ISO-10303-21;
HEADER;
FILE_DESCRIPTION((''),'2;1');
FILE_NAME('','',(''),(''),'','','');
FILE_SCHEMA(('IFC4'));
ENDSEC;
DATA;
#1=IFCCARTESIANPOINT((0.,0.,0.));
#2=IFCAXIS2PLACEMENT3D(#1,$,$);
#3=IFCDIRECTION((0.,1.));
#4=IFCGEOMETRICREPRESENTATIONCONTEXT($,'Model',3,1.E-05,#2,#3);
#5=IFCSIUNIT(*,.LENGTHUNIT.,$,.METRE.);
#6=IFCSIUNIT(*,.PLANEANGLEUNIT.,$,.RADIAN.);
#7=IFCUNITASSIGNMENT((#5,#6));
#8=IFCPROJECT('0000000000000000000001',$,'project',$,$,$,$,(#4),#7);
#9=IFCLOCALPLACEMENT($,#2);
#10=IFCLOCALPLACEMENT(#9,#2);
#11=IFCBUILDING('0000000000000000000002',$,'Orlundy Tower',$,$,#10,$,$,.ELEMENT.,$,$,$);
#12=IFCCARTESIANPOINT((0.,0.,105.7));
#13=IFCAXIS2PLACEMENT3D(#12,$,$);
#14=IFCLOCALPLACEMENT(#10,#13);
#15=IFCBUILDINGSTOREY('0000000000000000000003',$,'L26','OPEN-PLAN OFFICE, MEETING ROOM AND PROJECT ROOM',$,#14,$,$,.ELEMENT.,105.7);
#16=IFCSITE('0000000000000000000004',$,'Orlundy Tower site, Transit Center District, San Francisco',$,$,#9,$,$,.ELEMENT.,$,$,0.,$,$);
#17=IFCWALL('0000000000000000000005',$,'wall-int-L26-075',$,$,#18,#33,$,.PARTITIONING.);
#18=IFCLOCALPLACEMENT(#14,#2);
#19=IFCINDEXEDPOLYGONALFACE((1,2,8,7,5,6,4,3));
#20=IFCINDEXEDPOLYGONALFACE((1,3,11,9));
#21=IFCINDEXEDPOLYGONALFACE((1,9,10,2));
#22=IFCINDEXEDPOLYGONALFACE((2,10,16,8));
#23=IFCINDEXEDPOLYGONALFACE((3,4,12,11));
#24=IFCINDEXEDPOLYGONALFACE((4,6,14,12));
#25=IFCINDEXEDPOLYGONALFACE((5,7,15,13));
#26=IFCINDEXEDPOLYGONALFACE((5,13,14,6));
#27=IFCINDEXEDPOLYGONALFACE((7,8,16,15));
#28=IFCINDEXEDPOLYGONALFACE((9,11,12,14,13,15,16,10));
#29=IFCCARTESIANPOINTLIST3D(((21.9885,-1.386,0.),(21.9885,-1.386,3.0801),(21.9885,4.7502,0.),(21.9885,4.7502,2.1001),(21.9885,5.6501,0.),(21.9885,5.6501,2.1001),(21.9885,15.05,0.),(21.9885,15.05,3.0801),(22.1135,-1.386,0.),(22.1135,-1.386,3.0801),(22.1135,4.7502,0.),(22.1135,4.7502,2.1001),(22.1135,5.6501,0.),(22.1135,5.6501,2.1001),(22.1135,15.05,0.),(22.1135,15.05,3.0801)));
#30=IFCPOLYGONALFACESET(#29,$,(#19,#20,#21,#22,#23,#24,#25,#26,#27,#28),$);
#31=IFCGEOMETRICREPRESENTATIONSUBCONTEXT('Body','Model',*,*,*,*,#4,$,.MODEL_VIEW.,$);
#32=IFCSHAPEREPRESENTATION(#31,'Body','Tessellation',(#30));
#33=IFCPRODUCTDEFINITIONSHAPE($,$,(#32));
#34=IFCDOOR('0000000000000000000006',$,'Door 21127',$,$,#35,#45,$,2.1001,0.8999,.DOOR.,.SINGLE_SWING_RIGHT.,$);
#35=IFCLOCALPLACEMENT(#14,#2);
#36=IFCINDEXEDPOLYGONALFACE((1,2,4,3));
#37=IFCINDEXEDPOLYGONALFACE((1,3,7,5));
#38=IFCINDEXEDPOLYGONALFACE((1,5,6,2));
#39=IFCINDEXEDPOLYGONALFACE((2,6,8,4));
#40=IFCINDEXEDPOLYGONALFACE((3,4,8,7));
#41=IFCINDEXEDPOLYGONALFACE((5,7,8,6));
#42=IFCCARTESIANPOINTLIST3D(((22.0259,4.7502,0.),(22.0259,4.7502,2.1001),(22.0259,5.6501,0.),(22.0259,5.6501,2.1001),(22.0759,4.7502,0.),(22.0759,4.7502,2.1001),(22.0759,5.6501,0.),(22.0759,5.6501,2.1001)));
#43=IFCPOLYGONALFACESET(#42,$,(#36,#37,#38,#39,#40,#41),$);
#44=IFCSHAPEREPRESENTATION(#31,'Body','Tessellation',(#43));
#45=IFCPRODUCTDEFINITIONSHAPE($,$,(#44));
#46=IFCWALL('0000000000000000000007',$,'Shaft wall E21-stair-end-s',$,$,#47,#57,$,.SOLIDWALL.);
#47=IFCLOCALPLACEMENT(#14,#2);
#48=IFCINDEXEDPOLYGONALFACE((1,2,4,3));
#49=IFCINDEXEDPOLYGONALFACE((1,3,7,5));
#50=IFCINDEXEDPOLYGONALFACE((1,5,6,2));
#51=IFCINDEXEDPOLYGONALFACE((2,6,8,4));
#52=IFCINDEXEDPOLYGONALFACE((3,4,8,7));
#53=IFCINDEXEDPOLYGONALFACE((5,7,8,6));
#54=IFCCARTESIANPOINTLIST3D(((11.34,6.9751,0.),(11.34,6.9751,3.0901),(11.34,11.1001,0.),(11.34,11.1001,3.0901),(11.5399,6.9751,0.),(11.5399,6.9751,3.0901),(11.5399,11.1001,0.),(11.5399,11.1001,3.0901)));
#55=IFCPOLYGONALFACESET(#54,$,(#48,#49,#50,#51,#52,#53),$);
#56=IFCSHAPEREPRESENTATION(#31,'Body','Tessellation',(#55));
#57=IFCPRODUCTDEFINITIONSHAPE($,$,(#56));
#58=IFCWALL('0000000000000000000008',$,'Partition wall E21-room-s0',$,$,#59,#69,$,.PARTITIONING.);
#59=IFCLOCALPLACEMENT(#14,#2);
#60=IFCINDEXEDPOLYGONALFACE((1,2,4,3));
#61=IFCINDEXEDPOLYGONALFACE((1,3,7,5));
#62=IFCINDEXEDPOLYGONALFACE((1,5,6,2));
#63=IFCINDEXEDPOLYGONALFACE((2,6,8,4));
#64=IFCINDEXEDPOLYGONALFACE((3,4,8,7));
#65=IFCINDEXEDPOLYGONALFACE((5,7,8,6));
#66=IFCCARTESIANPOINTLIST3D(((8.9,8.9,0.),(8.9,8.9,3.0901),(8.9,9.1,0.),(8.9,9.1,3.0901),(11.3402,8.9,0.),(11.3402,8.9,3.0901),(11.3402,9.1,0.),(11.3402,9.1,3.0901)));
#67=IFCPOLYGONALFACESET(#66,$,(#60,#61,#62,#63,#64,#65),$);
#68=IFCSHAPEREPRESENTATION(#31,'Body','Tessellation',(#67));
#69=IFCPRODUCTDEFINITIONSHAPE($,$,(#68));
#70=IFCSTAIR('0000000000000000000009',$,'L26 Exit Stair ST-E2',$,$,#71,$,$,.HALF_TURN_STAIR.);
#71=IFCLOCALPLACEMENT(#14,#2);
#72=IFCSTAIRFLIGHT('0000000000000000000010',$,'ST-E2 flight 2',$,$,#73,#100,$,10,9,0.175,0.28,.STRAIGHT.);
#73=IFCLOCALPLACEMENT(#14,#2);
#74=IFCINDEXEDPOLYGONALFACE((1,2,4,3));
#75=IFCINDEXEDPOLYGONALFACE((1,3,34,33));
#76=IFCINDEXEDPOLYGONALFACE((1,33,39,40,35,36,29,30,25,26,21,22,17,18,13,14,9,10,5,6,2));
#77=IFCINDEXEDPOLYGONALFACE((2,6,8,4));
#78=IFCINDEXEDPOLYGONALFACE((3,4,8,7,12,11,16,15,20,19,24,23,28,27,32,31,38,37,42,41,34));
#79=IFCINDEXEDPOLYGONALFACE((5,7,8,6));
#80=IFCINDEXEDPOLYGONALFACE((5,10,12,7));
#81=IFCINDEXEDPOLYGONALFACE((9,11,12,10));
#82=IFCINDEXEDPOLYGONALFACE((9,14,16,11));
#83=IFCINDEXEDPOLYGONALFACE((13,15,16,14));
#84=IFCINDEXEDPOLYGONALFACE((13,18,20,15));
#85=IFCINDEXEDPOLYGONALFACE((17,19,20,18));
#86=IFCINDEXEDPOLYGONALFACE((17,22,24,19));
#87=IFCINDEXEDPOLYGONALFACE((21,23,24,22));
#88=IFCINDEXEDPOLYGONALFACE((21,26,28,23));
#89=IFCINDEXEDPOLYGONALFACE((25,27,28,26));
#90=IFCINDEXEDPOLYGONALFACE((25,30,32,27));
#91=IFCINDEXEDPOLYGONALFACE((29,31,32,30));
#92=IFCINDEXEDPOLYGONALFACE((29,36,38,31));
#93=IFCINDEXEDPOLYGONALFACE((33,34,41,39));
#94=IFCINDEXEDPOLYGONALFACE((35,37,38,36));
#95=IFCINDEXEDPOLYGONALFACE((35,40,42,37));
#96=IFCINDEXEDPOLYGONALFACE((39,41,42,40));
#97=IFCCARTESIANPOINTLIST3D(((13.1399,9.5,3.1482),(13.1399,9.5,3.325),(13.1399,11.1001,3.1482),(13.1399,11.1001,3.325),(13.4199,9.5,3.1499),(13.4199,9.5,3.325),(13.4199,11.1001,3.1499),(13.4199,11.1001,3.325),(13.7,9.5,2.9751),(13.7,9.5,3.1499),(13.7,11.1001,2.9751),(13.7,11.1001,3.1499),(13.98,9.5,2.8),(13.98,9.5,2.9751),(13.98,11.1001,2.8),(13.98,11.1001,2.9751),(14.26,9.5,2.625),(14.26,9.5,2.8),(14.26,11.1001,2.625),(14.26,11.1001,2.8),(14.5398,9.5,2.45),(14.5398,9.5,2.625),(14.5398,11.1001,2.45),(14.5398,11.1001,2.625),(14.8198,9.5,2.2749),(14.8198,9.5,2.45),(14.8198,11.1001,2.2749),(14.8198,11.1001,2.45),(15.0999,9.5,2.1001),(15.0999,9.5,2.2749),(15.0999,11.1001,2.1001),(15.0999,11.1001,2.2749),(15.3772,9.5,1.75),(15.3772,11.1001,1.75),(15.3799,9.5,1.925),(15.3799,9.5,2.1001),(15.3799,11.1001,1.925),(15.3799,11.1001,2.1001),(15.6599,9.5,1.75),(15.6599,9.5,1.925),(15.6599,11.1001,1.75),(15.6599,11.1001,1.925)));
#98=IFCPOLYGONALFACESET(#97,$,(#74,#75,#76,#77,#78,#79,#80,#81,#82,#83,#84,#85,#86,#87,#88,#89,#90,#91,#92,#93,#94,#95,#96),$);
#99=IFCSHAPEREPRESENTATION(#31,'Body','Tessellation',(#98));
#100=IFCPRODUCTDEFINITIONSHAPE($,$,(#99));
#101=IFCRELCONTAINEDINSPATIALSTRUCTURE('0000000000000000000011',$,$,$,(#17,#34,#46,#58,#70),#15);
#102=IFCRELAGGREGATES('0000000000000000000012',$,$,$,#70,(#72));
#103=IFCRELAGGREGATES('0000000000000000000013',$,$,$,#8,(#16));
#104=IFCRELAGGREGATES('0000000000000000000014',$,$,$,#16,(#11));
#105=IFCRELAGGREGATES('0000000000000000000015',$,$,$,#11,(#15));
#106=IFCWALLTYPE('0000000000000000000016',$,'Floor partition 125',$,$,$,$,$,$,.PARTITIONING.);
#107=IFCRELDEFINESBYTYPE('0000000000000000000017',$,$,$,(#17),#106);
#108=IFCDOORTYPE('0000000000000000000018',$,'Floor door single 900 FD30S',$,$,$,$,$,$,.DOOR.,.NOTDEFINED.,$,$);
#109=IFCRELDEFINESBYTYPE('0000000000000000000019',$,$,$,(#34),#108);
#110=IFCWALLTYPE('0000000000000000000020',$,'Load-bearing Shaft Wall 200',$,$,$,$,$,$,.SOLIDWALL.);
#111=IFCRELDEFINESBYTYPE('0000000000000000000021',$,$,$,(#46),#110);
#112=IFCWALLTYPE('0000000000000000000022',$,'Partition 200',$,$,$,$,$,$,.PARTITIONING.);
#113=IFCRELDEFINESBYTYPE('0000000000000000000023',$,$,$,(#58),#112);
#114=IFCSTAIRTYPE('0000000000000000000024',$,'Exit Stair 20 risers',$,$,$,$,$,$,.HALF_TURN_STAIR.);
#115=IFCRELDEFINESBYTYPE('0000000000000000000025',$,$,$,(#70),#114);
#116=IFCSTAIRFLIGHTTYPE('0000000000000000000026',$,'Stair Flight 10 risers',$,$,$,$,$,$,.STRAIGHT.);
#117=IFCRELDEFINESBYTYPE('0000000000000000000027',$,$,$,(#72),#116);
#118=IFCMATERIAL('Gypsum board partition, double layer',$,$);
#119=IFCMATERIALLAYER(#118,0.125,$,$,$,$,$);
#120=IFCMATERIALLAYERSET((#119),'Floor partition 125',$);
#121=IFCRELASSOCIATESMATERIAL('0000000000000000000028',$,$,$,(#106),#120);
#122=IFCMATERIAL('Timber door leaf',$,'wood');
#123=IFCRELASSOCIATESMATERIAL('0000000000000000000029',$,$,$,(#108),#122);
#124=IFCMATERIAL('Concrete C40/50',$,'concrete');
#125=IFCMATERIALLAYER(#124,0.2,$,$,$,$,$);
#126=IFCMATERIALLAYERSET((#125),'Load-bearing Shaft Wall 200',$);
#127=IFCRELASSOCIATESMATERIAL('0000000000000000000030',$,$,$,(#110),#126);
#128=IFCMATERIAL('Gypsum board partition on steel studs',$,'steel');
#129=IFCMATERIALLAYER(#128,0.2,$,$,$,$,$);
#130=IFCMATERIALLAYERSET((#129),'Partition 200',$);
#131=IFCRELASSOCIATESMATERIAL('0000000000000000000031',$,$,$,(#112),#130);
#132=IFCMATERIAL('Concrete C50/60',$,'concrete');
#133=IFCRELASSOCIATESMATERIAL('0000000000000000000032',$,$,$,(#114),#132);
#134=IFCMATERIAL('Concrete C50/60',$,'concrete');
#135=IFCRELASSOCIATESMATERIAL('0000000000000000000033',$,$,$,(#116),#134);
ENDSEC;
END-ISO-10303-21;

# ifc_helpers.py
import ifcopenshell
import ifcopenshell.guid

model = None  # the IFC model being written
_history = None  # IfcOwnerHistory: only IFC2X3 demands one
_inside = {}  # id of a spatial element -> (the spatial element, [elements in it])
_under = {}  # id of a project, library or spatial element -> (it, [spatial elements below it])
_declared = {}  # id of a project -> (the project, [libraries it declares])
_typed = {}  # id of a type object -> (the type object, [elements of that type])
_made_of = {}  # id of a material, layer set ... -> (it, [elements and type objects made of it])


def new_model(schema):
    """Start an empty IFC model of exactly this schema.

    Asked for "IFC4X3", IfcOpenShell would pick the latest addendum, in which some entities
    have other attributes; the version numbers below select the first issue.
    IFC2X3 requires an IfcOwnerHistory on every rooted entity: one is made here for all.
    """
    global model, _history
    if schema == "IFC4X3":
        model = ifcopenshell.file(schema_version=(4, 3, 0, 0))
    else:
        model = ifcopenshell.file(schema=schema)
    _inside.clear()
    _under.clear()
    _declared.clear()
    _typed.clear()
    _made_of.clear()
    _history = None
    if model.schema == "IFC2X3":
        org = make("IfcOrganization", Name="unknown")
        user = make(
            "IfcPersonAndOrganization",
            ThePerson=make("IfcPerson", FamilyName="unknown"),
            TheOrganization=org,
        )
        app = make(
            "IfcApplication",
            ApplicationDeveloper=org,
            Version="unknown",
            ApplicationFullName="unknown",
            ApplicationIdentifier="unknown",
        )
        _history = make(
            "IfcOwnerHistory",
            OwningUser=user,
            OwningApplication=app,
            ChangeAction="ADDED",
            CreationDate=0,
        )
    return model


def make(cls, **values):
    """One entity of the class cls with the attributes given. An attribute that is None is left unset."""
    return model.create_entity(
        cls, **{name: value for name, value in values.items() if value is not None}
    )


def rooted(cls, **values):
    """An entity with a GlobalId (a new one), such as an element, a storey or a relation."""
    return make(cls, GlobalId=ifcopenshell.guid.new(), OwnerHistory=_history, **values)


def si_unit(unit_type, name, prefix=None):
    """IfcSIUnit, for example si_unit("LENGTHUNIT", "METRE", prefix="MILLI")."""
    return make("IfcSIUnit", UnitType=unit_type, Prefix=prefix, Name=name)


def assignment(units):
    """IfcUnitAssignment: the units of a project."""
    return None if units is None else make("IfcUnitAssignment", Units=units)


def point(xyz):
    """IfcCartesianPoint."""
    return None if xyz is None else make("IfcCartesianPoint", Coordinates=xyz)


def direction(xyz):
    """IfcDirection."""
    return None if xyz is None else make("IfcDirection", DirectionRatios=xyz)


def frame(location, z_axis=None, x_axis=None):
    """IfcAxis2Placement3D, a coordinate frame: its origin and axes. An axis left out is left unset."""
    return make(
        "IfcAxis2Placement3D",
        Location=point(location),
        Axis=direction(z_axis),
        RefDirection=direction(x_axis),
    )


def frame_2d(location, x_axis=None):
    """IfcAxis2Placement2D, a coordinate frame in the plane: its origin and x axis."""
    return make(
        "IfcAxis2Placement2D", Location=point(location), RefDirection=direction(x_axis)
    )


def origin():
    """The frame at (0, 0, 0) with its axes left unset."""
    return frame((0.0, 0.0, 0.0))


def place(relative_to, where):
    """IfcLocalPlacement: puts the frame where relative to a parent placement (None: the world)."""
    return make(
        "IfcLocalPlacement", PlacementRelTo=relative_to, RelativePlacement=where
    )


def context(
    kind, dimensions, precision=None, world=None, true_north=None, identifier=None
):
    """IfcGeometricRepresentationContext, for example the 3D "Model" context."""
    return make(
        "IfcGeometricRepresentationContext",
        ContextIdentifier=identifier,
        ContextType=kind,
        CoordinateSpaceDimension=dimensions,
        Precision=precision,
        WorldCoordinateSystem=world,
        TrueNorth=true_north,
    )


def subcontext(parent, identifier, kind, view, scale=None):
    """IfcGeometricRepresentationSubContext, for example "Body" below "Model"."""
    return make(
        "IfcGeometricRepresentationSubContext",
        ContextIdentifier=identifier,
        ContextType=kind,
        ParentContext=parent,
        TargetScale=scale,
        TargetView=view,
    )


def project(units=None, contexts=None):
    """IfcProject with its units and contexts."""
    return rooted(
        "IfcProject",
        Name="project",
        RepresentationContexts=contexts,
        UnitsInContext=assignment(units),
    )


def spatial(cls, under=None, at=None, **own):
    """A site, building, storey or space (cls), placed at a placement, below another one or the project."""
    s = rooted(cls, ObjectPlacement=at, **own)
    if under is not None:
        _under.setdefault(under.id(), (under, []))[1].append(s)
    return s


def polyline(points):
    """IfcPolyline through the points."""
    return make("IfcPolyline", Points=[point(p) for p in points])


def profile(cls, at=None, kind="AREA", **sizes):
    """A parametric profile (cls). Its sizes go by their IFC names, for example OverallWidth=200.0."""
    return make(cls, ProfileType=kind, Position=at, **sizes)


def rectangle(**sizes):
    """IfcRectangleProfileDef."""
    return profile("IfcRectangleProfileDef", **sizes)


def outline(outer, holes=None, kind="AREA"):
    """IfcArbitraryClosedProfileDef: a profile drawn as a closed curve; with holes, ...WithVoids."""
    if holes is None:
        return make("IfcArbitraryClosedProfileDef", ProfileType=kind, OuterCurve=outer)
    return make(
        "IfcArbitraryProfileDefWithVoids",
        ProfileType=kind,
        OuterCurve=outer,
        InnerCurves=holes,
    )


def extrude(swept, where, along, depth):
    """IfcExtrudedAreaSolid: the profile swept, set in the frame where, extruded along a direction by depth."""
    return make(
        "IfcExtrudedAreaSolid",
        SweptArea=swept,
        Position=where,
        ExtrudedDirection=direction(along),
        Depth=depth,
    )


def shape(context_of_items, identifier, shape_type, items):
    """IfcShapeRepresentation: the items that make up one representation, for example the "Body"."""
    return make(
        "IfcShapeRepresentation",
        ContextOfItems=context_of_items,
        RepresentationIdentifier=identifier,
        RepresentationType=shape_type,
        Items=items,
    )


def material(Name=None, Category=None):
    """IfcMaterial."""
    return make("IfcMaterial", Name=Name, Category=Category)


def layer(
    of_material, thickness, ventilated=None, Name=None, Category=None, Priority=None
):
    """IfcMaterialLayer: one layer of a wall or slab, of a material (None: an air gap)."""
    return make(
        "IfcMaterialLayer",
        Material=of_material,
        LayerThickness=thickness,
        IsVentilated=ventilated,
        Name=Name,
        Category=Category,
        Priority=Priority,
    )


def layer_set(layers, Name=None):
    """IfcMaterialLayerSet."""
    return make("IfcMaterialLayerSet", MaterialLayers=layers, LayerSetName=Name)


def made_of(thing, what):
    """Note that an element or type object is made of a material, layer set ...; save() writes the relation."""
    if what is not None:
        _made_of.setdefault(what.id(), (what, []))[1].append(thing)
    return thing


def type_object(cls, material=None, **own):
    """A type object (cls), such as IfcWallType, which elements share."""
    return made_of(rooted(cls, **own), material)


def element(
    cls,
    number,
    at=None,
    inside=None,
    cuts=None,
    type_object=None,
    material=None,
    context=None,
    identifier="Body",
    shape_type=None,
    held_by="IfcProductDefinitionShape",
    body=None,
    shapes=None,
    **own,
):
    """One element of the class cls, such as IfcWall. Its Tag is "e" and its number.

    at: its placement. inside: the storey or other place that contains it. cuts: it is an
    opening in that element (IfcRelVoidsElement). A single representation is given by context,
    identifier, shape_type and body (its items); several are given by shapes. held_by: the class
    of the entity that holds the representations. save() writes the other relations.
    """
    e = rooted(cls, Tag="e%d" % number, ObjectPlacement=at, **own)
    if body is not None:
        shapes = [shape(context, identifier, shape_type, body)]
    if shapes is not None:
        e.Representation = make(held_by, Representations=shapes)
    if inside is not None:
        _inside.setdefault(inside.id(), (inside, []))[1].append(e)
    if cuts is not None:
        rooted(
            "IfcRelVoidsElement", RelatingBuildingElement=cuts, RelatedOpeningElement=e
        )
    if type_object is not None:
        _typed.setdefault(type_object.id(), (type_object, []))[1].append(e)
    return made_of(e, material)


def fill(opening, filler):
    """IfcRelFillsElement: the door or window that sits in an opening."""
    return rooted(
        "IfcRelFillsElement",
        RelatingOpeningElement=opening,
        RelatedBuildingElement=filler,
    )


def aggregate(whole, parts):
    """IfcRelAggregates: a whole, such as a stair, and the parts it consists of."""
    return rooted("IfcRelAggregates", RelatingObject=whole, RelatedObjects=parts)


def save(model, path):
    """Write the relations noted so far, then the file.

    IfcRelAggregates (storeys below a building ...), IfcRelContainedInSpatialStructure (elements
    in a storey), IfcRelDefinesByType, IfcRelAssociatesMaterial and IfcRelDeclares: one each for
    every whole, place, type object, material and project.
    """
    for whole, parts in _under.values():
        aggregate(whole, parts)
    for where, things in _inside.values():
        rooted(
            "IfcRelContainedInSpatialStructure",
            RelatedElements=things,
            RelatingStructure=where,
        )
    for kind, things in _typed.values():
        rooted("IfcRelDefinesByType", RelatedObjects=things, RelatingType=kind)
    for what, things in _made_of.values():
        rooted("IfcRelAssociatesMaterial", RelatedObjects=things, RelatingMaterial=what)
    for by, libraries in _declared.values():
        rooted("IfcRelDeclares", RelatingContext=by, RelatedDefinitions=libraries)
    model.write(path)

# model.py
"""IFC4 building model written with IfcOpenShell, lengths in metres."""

from ifc_helpers import new_model, si_unit, direction, frame, frame_2d, origin, place, context, subcontext, project, spatial, polyline, rectangle, outline, extrude, material, layer, layer_set, type_object, element, fill, aggregate, save


model = new_model("IFC4")

# Units and contexts
model_context = context("Model", 3, precision=1e-05, world=origin(), true_north=direction((0.0, 1.0)))
body_context = subcontext(model_context, "Body", "Model", "MODEL_VIEW")
ifc_project = project(units=[si_unit("LENGTHUNIT", "METRE"), si_unit("PLANEANGLEUNIT", "RADIAN")], contexts=[model_context])

# Site, building, storey
site_placement = place(None, origin())
site = spatial("IfcSite", under=ifc_project, at=site_placement, Name="Orlundy Tower site, Transit Center District, San Francisco", CompositionType="ELEMENT", RefElevation=0.0)
building_placement = place(site_placement, origin())
building = spatial("IfcBuilding", under=site, at=building_placement, Name="Orlundy Tower", CompositionType="ELEMENT")
storey_placement = place(building_placement, frame((0.0, 0.0, 105.7)))
storey = spatial("IfcBuildingStorey", under=building, at=storey_placement, Name="L26", Description="OPEN-PLAN OFFICE, MEETING ROOM AND PROJECT ROOM", CompositionType="ELEMENT", Elevation=105.7)

# Wall, opening, door
ifc_material_1 = material(Name="Gypsum board partition, double layer")
ifc_layer_1 = layer(ifc_material_1, 0.125)
ifc_layer_set_1 = layer_set([ifc_layer_1], Name="Floor partition 125")
wall_type_1 = type_object("IfcWallType", Name="Floor partition 125", PredefinedType="PARTITIONING", material=ifc_layer_set_1)
wall_1_placement = place(storey_placement, frame((22.051, 15.05, 0.0), z_axis=(0.0, 0.0, 1.0), x_axis=(0.0, -1.0, 0.0)))
wall_1 = element("IfcWall", 1, at=wall_1_placement, inside=storey, type_object=wall_type_1, Name="wall-int-L26-075", PredefinedType="PARTITIONING", context=body_context, shape_type="SweptSolid", body=[
    extrude(rectangle(XDim=16.436, YDim=0.125, at=frame_2d((8.218, 0.0))), origin(), (0.0, 0.0, 1.0), 3.0801),
])
opening_1_placement = place(wall_1_placement, frame((9.3999, 0.0, 0.0)))
opening_1 = element("IfcOpeningElement", 2, at=opening_1_placement, cuts=wall_1, PredefinedType="OPENING", context=body_context, shape_type="SweptSolid", body=[
    extrude(rectangle(XDim=0.8999, YDim=2.1001, at=frame_2d((0.45, 1.05))), frame((0.0, 0.0725, 0.0), z_axis=(0.0, -1.0, 0.0), x_axis=(1.0, 0.0, 0.0)), (0.0, 0.0, 1.0), 0.145),
])
ifc_material_2 = material(Name="Timber door leaf", Category="wood")
door_type_1 = type_object("IfcDoorType", Name="Floor door single 900 FD30S", OperationType="NOTDEFINED", PredefinedType="DOOR", material=ifc_material_2)
door_1_placement = place(opening_1_placement, origin())
door_1 = element("IfcDoor", 3, at=door_1_placement, inside=storey, type_object=door_type_1, Name="Door 21127", OperationType="SINGLE_SWING_RIGHT", OverallHeight=2.1001, OverallWidth=0.8999, PredefinedType="DOOR", context=body_context, shape_type="SweptSolid", body=[
    extrude(rectangle(XDim=0.8999, YDim=2.1001, at=frame_2d((0.45, 1.05))), frame((0.0, 0.0249, 0.0), z_axis=(0.0, -1.0, 0.0), x_axis=(1.0, 0.0, 0.0)), (0.0, 0.0, 1.0), 0.05),
])
fill(opening_1, door_1)

# Walls
ifc_material_3 = material(Name="Concrete C40/50", Category="concrete")
ifc_layer_2 = layer(ifc_material_3, 0.2)
ifc_layer_set_2 = layer_set([ifc_layer_2], Name="Load-bearing Shaft Wall 200")
wall_type_2 = type_object("IfcWallType", Name="Load-bearing Shaft Wall 200", PredefinedType="SOLIDWALL", material=ifc_layer_set_2)
wall_2_placement = place(storey_placement, frame((11.4399, 11.1001, 0.0), z_axis=(0.0, 0.0, 1.0), x_axis=(0.0, -1.0, 0.0)))
element("IfcWall", 4, at=wall_2_placement, inside=storey, type_object=wall_type_2, Name="Shaft wall E21-stair-end-s", PredefinedType="SOLIDWALL", context=body_context, shape_type="SweptSolid", body=[
    extrude(rectangle(XDim=4.125, YDim=0.2, at=frame_2d((2.0625, 0.0))), origin(), (0.0, 0.0, 1.0), 3.0901),
])
ifc_material_4 = material(Name="Gypsum board partition on steel studs", Category="steel")
ifc_layer_3 = layer(ifc_material_4, 0.2)
ifc_layer_set_3 = layer_set([ifc_layer_3], Name="Partition 200")
wall_type_3 = type_object("IfcWallType", Name="Partition 200", PredefinedType="PARTITIONING", material=ifc_layer_set_3)
wall_3_placement = place(storey_placement, frame((8.8999, 9.0, 0.0), z_axis=(0.0, 0.0, 1.0), x_axis=(1.0, 0.0, 0.0)))
element("IfcWall", 5, at=wall_3_placement, inside=storey, type_object=wall_type_3, Name="Partition wall E21-room-s0", PredefinedType="PARTITIONING", context=body_context, shape_type="SweptSolid", body=[
    extrude(rectangle(XDim=2.4402, YDim=0.2, at=frame_2d((1.2202, 0.0))), origin(), (0.0, 0.0, 1.0), 3.0901),
])

# Stair, stair flight
ifc_material_5 = material(Name="Concrete C50/60", Category="concrete")
stair_type = type_object("IfcStairType", Name="Exit Stair 20 risers", PredefinedType="HALF_TURN_STAIR", material=ifc_material_5)
stair_placement = place(storey_placement, origin())
stair = element("IfcStair", 6, at=stair_placement, inside=storey, type_object=stair_type, Name="L26 Exit Stair ST-E2", PredefinedType="HALF_TURN_STAIR")
ifc_material_6 = material(Name="Concrete C50/60", Category="concrete")
stair_flight_type = type_object("IfcStairFlightType", Name="Stair Flight 10 risers", PredefinedType="STRAIGHT", material=ifc_material_6)
stair_flight_placement = place(storey_placement, frame((15.6599, 10.3, 1.75), z_axis=(0.0, 0.0, 1.0), x_axis=(-1.0, 0.0, 0.0)))
stair_flight = element("IfcStairFlight", 7, at=stair_flight_placement, type_object=stair_flight_type, Name="ST-E2 flight 2", NumberOfRisers=10, NumberOfTreads=9, PredefinedType="STRAIGHT", RiserHeight=0.175, TreadLength=0.28, context=body_context, shape_type="SweptSolid", body=[
    extrude(outline(polyline([(0.0, 0.0), (0.0, 0.175), (0.28, 0.175), (0.28, 0.3501), (0.5601, 0.3501), (0.5601, 0.5249), (0.8401, 0.5249), (0.8401, 0.7), (1.1201, 0.7), (1.1201, 0.875), (1.3999, 0.875), (1.3999, 1.05), (1.6799, 1.05), (1.6799, 1.2251), (1.96, 1.2251), (1.96, 1.3999), (2.24, 1.3999), (2.24, 1.575), (2.52, 1.575), (2.52, 1.75), (2.52, 1.3982), (0.2827, 0.0), (0.0, 0.0)])), frame((0.0, 0.8, 0.0), z_axis=(0.0, -1.0, 0.0), x_axis=(1.0, 0.0, 0.0)), (0.0, 0.0, 1.0), 1.6001),
])
aggregate(stair, [stair_flight])

save(model, "model.ifc")
